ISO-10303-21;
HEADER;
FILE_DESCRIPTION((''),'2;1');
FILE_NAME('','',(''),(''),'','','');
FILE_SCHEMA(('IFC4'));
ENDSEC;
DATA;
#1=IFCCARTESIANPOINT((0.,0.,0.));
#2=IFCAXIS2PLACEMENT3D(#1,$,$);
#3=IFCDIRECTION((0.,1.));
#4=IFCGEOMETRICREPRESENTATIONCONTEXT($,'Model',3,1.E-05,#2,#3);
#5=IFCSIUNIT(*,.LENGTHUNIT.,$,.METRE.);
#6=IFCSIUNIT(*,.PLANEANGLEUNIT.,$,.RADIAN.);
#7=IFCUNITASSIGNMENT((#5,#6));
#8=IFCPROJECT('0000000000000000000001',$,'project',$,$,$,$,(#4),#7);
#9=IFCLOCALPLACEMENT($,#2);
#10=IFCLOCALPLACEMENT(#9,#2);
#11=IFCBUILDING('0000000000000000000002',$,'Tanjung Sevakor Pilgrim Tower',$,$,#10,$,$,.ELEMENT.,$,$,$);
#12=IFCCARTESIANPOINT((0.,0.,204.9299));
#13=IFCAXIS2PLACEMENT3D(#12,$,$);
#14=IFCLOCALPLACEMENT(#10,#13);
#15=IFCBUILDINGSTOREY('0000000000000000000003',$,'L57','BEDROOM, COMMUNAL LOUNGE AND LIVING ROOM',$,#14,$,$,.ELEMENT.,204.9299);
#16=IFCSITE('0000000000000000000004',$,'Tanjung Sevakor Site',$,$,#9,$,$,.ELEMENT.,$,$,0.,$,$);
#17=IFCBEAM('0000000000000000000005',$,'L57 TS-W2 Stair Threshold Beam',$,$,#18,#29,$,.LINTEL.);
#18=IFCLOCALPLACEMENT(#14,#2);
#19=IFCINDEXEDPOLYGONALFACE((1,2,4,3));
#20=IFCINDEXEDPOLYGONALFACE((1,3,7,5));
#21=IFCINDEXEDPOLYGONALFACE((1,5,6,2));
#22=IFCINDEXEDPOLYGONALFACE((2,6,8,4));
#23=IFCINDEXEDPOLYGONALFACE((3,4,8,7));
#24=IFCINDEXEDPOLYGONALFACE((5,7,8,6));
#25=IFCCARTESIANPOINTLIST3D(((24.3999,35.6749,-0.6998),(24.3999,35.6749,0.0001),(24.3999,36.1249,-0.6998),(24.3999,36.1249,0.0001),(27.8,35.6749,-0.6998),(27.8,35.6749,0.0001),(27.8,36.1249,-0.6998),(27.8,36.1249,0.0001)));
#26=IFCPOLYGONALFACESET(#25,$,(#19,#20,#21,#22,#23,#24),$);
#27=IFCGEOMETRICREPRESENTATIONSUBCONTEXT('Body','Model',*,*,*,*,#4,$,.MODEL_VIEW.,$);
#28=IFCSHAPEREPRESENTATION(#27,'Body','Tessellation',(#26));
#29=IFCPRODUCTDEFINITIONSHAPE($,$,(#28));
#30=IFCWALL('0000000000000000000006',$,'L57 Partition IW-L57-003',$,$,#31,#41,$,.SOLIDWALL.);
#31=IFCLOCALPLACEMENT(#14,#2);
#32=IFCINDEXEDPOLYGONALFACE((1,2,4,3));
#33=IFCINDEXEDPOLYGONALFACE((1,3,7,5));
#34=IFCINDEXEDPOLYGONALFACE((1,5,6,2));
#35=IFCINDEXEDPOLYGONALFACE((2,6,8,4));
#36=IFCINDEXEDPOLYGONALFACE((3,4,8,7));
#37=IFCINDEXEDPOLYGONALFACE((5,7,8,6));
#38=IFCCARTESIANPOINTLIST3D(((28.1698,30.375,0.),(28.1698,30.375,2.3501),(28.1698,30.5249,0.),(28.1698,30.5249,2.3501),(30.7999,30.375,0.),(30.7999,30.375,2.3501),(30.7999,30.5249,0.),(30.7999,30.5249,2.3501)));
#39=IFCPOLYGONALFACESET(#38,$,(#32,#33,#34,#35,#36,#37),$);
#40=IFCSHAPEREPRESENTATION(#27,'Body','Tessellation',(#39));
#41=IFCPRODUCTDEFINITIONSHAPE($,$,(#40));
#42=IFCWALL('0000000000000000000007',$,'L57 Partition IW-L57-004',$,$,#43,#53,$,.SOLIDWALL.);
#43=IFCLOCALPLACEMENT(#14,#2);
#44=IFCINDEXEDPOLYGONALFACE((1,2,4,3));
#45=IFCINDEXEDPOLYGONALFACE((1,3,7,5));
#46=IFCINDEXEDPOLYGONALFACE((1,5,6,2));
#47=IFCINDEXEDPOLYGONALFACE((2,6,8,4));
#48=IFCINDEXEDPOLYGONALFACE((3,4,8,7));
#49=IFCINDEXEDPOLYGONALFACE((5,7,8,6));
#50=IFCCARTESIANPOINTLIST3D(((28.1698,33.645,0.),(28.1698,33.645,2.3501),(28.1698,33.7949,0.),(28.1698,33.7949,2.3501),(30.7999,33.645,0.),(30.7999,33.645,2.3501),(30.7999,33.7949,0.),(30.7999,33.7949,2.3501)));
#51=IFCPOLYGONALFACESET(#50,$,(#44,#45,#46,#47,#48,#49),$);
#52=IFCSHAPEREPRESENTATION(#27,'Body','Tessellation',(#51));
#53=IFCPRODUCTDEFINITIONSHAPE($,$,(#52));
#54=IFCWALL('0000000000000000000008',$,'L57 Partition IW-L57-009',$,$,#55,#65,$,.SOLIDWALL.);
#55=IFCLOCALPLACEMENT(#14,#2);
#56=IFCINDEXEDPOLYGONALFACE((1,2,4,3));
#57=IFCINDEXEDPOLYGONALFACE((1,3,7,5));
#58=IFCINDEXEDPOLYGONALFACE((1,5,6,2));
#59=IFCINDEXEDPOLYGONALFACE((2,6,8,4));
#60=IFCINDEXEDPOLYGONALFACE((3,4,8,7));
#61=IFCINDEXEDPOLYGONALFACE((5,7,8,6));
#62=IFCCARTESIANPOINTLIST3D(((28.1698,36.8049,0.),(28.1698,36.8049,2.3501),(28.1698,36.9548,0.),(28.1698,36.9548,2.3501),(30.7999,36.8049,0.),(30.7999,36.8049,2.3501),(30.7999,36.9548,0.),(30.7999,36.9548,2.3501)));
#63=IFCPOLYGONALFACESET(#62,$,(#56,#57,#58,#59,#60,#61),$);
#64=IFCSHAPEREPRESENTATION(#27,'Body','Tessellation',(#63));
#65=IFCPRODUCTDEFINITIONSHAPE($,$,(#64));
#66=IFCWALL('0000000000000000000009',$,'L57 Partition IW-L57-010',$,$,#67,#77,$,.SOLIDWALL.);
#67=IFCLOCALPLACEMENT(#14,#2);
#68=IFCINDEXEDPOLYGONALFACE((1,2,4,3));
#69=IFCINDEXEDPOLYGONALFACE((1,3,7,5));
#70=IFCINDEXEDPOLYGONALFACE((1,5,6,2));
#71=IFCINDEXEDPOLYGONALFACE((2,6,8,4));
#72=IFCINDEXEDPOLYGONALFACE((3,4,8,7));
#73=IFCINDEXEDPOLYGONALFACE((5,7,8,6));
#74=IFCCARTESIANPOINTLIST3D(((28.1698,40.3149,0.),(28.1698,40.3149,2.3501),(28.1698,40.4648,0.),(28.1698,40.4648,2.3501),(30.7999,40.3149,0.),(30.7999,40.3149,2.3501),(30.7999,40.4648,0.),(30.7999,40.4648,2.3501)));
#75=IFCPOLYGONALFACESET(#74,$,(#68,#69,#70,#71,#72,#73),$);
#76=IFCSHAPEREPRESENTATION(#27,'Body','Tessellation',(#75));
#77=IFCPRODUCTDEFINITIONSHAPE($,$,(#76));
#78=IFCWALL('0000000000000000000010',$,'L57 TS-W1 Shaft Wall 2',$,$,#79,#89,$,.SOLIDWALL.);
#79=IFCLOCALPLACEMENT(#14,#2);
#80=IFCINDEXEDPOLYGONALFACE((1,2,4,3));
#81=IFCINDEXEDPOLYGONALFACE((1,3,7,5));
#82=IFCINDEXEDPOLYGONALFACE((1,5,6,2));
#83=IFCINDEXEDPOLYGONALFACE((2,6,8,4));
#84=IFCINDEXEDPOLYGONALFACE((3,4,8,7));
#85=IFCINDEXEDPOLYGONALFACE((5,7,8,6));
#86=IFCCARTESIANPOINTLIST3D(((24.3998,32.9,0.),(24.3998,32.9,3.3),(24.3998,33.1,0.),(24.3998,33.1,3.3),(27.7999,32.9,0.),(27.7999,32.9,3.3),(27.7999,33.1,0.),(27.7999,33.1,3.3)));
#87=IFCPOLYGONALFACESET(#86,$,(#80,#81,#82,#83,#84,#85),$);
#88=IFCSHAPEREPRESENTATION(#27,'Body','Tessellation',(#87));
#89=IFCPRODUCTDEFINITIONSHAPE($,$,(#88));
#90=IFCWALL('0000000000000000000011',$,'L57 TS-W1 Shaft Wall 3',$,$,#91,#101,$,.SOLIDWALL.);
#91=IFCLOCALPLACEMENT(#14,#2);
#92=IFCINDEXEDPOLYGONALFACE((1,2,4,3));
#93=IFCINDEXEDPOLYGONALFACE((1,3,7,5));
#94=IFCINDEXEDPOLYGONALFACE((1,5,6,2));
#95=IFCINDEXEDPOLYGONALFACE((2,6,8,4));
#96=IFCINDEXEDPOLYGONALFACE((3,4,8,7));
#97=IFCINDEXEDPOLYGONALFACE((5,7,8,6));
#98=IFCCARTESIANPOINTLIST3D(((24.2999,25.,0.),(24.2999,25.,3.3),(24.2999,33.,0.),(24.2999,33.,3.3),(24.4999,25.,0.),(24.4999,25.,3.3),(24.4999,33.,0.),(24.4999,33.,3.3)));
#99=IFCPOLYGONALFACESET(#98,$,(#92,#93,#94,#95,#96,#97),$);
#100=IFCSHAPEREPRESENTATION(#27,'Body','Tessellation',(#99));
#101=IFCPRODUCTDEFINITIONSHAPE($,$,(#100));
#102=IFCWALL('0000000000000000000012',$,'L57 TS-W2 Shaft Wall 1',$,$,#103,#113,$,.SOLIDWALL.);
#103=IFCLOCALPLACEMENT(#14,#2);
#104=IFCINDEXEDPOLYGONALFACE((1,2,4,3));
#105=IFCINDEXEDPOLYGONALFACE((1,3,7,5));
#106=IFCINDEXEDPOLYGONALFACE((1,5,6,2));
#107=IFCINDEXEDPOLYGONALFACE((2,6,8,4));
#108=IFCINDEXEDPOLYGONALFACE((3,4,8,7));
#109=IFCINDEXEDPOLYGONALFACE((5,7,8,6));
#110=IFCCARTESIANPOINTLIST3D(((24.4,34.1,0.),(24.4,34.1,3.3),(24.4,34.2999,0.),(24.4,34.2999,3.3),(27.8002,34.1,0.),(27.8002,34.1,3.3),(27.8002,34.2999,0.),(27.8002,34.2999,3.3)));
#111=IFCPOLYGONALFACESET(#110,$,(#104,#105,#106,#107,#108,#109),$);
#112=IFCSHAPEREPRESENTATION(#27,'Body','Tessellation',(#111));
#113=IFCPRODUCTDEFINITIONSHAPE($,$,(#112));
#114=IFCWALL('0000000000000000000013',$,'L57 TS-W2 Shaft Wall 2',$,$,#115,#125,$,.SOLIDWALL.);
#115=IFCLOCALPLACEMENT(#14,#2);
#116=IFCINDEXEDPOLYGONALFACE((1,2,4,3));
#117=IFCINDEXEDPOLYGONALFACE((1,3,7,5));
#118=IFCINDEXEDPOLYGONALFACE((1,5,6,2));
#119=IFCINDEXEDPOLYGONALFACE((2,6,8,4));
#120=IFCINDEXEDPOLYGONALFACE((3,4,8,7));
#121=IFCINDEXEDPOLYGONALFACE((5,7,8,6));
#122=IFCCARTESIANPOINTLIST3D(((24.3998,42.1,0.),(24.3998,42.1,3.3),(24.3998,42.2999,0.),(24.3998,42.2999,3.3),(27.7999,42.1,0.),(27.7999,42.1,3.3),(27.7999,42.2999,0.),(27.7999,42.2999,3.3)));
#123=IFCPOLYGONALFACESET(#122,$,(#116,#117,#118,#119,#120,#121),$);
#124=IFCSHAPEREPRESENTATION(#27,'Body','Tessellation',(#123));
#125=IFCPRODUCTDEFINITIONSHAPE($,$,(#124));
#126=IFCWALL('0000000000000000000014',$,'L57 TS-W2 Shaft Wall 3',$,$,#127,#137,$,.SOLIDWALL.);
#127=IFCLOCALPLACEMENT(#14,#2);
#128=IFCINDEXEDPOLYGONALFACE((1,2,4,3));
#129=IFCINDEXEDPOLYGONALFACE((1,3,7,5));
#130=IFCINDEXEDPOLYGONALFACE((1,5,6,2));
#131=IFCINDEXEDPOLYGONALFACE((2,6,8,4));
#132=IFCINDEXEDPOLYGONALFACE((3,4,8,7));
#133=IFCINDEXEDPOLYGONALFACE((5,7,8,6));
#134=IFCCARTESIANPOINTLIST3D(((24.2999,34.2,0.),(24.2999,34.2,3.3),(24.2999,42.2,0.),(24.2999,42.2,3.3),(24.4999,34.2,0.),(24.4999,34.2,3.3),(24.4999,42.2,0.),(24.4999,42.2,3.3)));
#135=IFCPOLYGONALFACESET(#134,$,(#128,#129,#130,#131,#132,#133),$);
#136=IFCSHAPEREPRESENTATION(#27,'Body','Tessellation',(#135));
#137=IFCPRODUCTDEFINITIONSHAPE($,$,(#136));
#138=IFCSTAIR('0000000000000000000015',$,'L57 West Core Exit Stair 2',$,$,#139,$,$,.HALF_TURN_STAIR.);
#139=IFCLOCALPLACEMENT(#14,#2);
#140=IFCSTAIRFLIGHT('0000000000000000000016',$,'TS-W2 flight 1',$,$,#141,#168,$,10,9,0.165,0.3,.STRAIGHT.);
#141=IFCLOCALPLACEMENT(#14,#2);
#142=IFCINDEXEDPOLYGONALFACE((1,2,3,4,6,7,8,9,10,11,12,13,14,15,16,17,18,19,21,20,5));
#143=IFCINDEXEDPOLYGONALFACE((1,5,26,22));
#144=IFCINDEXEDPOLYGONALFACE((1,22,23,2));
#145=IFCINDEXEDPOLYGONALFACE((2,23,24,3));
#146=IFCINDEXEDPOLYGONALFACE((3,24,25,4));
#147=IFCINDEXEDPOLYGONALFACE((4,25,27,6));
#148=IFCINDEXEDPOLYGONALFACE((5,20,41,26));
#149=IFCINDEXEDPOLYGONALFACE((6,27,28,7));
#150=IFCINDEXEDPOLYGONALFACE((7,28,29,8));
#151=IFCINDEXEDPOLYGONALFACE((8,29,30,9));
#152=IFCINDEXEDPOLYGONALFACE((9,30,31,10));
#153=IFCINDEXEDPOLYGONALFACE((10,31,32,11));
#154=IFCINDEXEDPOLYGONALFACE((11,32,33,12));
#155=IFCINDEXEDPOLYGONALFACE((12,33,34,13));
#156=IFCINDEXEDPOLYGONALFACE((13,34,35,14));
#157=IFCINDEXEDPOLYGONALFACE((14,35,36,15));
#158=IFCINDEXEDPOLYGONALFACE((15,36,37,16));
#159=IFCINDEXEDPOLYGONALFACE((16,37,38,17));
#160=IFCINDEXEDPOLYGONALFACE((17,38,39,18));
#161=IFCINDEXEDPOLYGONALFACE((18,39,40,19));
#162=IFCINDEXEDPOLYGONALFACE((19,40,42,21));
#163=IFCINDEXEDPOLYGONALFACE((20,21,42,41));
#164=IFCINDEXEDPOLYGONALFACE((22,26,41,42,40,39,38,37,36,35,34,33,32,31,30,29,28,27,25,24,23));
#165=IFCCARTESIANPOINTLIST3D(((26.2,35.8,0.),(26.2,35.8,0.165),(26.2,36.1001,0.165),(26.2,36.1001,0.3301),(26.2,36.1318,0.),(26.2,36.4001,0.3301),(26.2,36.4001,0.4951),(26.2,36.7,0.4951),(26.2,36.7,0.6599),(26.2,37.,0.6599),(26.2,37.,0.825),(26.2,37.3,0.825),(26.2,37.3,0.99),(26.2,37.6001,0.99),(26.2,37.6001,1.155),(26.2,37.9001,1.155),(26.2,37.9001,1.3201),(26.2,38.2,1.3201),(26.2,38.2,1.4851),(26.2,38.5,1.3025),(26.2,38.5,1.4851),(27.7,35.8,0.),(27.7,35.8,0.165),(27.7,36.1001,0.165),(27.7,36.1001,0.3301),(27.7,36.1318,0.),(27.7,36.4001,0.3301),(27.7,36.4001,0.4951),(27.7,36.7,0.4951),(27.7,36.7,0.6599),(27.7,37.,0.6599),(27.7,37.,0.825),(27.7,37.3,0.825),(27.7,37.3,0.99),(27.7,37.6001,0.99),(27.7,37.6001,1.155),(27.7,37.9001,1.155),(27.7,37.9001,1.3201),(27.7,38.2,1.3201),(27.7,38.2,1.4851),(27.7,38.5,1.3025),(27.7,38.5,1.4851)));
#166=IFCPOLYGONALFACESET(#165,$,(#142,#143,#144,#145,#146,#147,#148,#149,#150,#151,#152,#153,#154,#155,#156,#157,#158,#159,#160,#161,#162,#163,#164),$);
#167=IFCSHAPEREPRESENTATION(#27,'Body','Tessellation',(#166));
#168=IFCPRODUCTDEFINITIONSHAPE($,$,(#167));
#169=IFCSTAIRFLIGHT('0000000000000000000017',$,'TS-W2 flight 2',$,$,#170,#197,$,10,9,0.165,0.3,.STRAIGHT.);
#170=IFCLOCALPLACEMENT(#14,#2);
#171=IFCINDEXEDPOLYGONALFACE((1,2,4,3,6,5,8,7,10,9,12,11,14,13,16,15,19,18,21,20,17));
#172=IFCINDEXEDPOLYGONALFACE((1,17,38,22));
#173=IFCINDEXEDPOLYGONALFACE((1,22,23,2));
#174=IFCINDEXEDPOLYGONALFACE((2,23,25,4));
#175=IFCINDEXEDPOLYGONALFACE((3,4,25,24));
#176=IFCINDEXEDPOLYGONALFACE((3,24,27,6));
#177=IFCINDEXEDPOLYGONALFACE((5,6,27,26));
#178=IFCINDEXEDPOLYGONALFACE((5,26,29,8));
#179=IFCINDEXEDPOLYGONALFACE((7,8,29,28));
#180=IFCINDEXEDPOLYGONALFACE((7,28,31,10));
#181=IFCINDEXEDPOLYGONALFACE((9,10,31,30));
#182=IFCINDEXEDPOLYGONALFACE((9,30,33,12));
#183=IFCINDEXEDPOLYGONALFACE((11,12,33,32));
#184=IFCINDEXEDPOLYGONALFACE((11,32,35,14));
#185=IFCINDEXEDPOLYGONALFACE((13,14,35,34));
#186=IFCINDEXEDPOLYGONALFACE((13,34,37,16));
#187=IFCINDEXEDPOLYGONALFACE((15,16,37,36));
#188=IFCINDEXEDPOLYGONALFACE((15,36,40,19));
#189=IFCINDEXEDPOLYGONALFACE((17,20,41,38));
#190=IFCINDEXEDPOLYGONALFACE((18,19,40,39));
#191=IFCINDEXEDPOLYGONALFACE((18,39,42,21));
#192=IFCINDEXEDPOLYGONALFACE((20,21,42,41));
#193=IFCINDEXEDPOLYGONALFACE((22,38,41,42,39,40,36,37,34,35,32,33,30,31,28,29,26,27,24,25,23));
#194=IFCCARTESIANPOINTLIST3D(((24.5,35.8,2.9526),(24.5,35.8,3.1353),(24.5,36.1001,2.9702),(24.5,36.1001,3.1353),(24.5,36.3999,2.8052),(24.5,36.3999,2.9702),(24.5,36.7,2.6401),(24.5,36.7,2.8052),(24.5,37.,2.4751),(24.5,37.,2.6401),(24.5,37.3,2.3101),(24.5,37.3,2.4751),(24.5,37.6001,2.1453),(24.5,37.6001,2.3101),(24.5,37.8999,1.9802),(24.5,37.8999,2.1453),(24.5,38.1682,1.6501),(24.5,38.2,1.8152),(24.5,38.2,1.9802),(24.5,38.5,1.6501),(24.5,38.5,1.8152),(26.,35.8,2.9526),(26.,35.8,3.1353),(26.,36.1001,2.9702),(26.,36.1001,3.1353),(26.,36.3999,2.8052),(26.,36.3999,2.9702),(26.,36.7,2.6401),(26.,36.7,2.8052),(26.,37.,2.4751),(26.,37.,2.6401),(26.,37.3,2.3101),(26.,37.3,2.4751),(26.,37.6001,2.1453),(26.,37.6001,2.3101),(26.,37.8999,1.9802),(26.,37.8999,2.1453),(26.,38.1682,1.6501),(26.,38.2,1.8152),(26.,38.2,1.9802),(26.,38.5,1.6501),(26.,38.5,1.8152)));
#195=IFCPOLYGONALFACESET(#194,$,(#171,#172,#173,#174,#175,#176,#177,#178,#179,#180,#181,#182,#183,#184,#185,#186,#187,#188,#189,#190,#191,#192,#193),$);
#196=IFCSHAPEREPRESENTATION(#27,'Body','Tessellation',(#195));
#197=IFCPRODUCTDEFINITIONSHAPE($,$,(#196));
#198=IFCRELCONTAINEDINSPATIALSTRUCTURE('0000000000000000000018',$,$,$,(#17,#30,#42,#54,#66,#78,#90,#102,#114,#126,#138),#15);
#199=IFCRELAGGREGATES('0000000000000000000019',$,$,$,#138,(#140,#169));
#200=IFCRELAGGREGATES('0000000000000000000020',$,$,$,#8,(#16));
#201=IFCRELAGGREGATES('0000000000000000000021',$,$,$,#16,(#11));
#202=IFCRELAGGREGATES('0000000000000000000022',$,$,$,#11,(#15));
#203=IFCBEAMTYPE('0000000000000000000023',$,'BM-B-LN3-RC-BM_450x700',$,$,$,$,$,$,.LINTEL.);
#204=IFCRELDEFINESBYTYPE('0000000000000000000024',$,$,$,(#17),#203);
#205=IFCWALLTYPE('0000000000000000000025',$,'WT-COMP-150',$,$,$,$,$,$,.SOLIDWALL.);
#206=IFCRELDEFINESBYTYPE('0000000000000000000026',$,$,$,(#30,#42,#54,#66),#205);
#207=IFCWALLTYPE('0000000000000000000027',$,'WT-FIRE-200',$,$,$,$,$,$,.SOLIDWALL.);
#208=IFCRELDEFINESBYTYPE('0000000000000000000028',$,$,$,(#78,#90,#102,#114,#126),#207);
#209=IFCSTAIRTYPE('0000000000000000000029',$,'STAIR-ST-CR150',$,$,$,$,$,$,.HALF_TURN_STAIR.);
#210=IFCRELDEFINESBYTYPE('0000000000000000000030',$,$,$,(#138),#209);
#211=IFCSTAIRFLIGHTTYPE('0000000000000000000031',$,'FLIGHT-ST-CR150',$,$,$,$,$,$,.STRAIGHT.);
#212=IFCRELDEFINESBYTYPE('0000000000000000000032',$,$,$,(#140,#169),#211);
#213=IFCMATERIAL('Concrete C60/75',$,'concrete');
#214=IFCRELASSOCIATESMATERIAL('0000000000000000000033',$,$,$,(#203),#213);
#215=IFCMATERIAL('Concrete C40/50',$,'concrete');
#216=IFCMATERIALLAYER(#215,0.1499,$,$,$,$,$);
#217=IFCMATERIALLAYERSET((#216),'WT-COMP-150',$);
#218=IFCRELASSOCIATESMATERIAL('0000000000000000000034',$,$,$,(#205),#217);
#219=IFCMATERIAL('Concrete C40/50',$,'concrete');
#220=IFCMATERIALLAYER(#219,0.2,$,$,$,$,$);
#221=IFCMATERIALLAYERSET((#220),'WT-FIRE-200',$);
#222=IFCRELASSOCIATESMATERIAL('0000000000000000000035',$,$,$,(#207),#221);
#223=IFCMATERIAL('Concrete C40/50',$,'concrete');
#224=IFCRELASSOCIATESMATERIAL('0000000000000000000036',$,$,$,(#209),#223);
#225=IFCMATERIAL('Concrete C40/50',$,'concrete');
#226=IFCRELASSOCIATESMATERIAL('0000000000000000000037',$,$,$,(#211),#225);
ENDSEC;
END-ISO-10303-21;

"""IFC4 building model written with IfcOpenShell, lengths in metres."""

from ifc_helpers import new_model, si_unit, direction, frame, frame_2d, origin, origin_2d, place, context, subcontext, project, spatial, polyline, rectangle, outline, extrude, material, layer, layer_set, material_profile, profile_set, type_object, element, aggregate, save


model = new_model("IFC4")

# Units and contexts
model_context = context("Model", 3, precision=1e-05, world=origin(), true_north=direction((0.0, 1.0)))
body_context = subcontext(model_context, "Body", "Model", "MODEL_VIEW")
ifc_project = project(units=[si_unit("LENGTHUNIT", "METRE"), si_unit("PLANEANGLEUNIT", "RADIAN")], contexts=[model_context])

# Site, building, storey
site_placement = place(None, origin())
site = spatial("IfcSite", under=ifc_project, at=site_placement, Name="Tanjung Sevakor Site", CompositionType="ELEMENT", RefElevation=0.0)
building_placement = place(site_placement, origin())
building = spatial("IfcBuilding", under=site, at=building_placement, Name="Tanjung Sevakor Pilgrim Tower", CompositionType="ELEMENT")
storey_placement = place(building_placement, frame((0.0, 0.0, 204.9299)))
storey = spatial("IfcBuildingStorey", under=building, at=storey_placement, Name="L57", Description="BEDROOM, COMMUNAL LOUNGE AND LIVING ROOM", CompositionType="ELEMENT", Elevation=204.9299)

# Beam
ifc_material_1 = material(Name="Concrete C60/75", Category="concrete")
ifc_material_profile = material_profile(ifc_material_1, rectangle(XDim=0.45, YDim=0.7, at=origin_2d()))
ifc_profile_set = profile_set([ifc_material_profile], Name="Concrete C60/75")
beam_type = type_object("IfcBeamType", Name="BM-B-LN3-RC-BM_450x700", PredefinedType="LINTEL", material=ifc_profile_set)
beam_placement = place(storey_placement, frame((24.3999, 35.8999, -0.3499), z_axis=(1.0, 0.0, 0.0), x_axis=(0.0, 1.0, 0.0)))
element("IfcBeam", 1, at=beam_placement, inside=storey, type_object=beam_type, Name="L57 TS-W2 Stair Threshold Beam", PredefinedType="LINTEL", context=body_context, shape_type="SweptSolid", body=[
    extrude(rectangle(XDim=0.45, YDim=0.7, at=origin_2d()), origin(), (0.0, 0.0, 1.0), 3.4001),
])

# Walls
ifc_material_2 = material(Name="Concrete C40/50", Category="concrete")
ifc_layer_1 = layer(ifc_material_2, 0.1499)
ifc_layer_set_1 = layer_set([ifc_layer_1], Name="WT-COMP-150")
wall_type_1 = type_object("IfcWallType", Name="WT-COMP-150", PredefinedType="SOLIDWALL", material=ifc_layer_set_1)
for number, where, z_axis, x_axis, name in (
    (2, (28.1699, 30.45, 0.0), (0.0, 0.0, 1.0), (1.0, 0.0, 0.0), "L57 Partition IW-L57-003"),
    (3, (28.1699, 33.72, 0.0), (0.0, 0.0, 1.0), (1.0, 0.0, 0.0), "L57 Partition IW-L57-004"),
    (4, (28.1699, 36.8799, 0.0), (0.0, 0.0, 1.0), (1.0, 0.0, 0.0), "L57 Partition IW-L57-009"),
    (5, (28.1699, 40.3899, 0.0), (0.0, 0.0, 1.0), (1.0, 0.0, 0.0), "L57 Partition IW-L57-010"),
):
    element("IfcWall", number, at=place(storey_placement, frame(where, z_axis=z_axis, x_axis=x_axis)), inside=storey, type_object=wall_type_1, Name=name, PredefinedType="SOLIDWALL", context=body_context, shape_type="SweptSolid", body=[
        extrude(rectangle(XDim=2.6301, YDim=0.1499, at=frame_2d((1.3149, 0.0))), origin(), (0.0, 0.0, 1.0), 2.3501),
    ])
ifc_material_3 = material(Name="Concrete C40/50", Category="concrete")
ifc_layer_2 = layer(ifc_material_3, 0.2)
ifc_layer_set_2 = layer_set([ifc_layer_2], Name="WT-FIRE-200")
wall_type_2 = type_object("IfcWallType", Name="WT-FIRE-200", PredefinedType="SOLIDWALL", material=ifc_layer_set_2)
wall_1_placement = place(storey_placement, frame((27.8, 33.0, 0.0), z_axis=(0.0, 0.0, 1.0), x_axis=(-1.0, 0.0, 0.0)))
element("IfcWall", 6, at=wall_1_placement, inside=storey, type_object=wall_type_2, Name="L57 TS-W1 Shaft Wall 2", PredefinedType="SOLIDWALL", context=body_context, shape_type="SweptSolid", body=[
    extrude(rectangle(XDim=3.4001, YDim=0.2, at=frame_2d((1.7002, 0.0))), origin(), (0.0, 0.0, 1.0), 3.3),
])
wall_2_placement = place(storey_placement, frame((24.3999, 33.0, 0.0), z_axis=(0.0, 0.0, 1.0), x_axis=(0.0, -1.0, 0.0)))
element("IfcWall", 7, at=wall_2_placement, inside=storey, type_object=wall_type_2, Name="L57 TS-W1 Shaft Wall 3", PredefinedType="SOLIDWALL", context=body_context, shape_type="SweptSolid", body=[
    extrude(rectangle(XDim=8.0, YDim=0.2, at=frame_2d((4.0, 0.0))), origin(), (0.0, 0.0, 1.0), 3.3),
])
for number, where, z_axis, x_axis, name in (
    (8, (24.3999, 34.2, 0.0), (0.0, 0.0, 1.0), (1.0, 0.0, 0.0), "L57 TS-W2 Shaft Wall 1"),
    (9, (27.8, 42.2, 0.0), (0.0, 0.0, 1.0), (-1.0, 0.0, 0.0), "L57 TS-W2 Shaft Wall 2"),
):
    element("IfcWall", number, at=place(storey_placement, frame(where, z_axis=z_axis, x_axis=x_axis)), inside=storey, type_object=wall_type_2, Name=name, PredefinedType="SOLIDWALL", context=body_context, shape_type="SweptSolid", body=[
        extrude(rectangle(XDim=3.4001, YDim=0.2, at=frame_2d((1.7002, 0.0))), origin(), (0.0, 0.0, 1.0), 3.3),
    ])
wall_3_placement = place(storey_placement, frame((24.3999, 42.2, 0.0), z_axis=(0.0, 0.0, 1.0), x_axis=(0.0, -1.0, 0.0)))
element("IfcWall", 10, at=wall_3_placement, inside=storey, type_object=wall_type_2, Name="L57 TS-W2 Shaft Wall 3", PredefinedType="SOLIDWALL", context=body_context, shape_type="SweptSolid", body=[
    extrude(rectangle(XDim=8.0, YDim=0.2, at=frame_2d((4.0, 0.0))), origin(), (0.0, 0.0, 1.0), 3.3),
])

# Stair, stair flights
ifc_material_4 = material(Name="Concrete C40/50", Category="concrete")
stair_type = type_object("IfcStairType", Name="STAIR-ST-CR150", PredefinedType="HALF_TURN_STAIR", material=ifc_material_4)
stair_placement = place(storey_placement, origin())
stair = element("IfcStair", 11, at=stair_placement, inside=storey, type_object=stair_type, Name="L57 West Core Exit Stair 2", PredefinedType="HALF_TURN_STAIR")
ifc_material_5 = material(Name="Concrete C40/50", Category="concrete")
stair_flight_type = type_object("IfcStairFlightType", Name="FLIGHT-ST-CR150", PredefinedType="STRAIGHT", material=ifc_material_5)
stair_flight_1_placement = place(storey_placement, frame((26.95, 35.8, 0.0), z_axis=(0.0, 0.0, 1.0), x_axis=(0.0, 1.0, 0.0)))
stair_flight_1 = element("IfcStairFlight", 12, at=stair_flight_1_placement, type_object=stair_flight_type, Name="TS-W2 flight 1", NumberOfRisers=10, NumberOfTreads=9, PredefinedType="STRAIGHT", RiserHeight=0.165, TreadLength=0.3, context=body_context, shape_type="SweptSolid", body=[
    extrude(outline(polyline([(0.0, 0.0), (0.0, 0.165), (0.3, 0.165), (0.3, 0.3301), (0.6001, 0.3301), (0.6001, 0.4951), (0.8999, 0.4951), (0.8999, 0.6599), (1.2, 0.6599), (1.2, 0.825), (1.5, 0.825), (1.5, 0.99), (1.8, 0.99), (1.8, 1.155), (2.1001, 1.155), (2.1001, 1.3201), (2.3999, 1.3201), (2.3999, 1.4851), (2.7, 1.4851), (2.7, 1.6499), (2.7, 1.3025), (0.3318, 0.0), (0.0, 0.0)])), frame((0.0, 0.75, 0.0), z_axis=(0.0, -1.0, 0.0), x_axis=(1.0, 0.0, 0.0)), (0.0, 0.0, 1.0), 1.5),
])
stair_flight_2_placement = place(storey_placement, frame((25.25, 38.5, 1.6501), z_axis=(0.0, 0.0, 1.0), x_axis=(0.0, -1.0, 0.0)))
stair_flight_2 = element("IfcStairFlight", 13, at=stair_flight_2_placement, type_object=stair_flight_type, Name="TS-W2 flight 2", NumberOfRisers=10, NumberOfTreads=9, PredefinedType="STRAIGHT", RiserHeight=0.165, TreadLength=0.3, context=body_context, shape_type="SweptSolid", body=[
    extrude(outline(polyline([(0.0, 0.0), (0.0, 0.165), (0.3, 0.165), (0.3, 0.3301), (0.6001, 0.3301), (0.6001, 0.4951), (0.8999, 0.4951), (0.8999, 0.6599), (1.2, 0.6599), (1.2, 0.825), (1.5, 0.825), (1.5, 0.99), (1.8, 0.99), (1.8, 1.155), (2.1001, 1.155), (2.1001, 1.3201), (2.3999, 1.3201), (2.3999, 1.4851), (2.7, 1.4851), (2.7, 1.6499), (2.7, 1.3025), (0.3318, 0.0), (0.0, 0.0)])), frame((0.0, 0.75, 0.0), z_axis=(0.0, -1.0, 0.0), x_axis=(1.0, 0.0, 0.0)), (0.0, 0.0, 1.0), 1.5),
])
aggregate(stair, [stair_flight_1, stair_flight_2])

save(model, "model.ifc")
